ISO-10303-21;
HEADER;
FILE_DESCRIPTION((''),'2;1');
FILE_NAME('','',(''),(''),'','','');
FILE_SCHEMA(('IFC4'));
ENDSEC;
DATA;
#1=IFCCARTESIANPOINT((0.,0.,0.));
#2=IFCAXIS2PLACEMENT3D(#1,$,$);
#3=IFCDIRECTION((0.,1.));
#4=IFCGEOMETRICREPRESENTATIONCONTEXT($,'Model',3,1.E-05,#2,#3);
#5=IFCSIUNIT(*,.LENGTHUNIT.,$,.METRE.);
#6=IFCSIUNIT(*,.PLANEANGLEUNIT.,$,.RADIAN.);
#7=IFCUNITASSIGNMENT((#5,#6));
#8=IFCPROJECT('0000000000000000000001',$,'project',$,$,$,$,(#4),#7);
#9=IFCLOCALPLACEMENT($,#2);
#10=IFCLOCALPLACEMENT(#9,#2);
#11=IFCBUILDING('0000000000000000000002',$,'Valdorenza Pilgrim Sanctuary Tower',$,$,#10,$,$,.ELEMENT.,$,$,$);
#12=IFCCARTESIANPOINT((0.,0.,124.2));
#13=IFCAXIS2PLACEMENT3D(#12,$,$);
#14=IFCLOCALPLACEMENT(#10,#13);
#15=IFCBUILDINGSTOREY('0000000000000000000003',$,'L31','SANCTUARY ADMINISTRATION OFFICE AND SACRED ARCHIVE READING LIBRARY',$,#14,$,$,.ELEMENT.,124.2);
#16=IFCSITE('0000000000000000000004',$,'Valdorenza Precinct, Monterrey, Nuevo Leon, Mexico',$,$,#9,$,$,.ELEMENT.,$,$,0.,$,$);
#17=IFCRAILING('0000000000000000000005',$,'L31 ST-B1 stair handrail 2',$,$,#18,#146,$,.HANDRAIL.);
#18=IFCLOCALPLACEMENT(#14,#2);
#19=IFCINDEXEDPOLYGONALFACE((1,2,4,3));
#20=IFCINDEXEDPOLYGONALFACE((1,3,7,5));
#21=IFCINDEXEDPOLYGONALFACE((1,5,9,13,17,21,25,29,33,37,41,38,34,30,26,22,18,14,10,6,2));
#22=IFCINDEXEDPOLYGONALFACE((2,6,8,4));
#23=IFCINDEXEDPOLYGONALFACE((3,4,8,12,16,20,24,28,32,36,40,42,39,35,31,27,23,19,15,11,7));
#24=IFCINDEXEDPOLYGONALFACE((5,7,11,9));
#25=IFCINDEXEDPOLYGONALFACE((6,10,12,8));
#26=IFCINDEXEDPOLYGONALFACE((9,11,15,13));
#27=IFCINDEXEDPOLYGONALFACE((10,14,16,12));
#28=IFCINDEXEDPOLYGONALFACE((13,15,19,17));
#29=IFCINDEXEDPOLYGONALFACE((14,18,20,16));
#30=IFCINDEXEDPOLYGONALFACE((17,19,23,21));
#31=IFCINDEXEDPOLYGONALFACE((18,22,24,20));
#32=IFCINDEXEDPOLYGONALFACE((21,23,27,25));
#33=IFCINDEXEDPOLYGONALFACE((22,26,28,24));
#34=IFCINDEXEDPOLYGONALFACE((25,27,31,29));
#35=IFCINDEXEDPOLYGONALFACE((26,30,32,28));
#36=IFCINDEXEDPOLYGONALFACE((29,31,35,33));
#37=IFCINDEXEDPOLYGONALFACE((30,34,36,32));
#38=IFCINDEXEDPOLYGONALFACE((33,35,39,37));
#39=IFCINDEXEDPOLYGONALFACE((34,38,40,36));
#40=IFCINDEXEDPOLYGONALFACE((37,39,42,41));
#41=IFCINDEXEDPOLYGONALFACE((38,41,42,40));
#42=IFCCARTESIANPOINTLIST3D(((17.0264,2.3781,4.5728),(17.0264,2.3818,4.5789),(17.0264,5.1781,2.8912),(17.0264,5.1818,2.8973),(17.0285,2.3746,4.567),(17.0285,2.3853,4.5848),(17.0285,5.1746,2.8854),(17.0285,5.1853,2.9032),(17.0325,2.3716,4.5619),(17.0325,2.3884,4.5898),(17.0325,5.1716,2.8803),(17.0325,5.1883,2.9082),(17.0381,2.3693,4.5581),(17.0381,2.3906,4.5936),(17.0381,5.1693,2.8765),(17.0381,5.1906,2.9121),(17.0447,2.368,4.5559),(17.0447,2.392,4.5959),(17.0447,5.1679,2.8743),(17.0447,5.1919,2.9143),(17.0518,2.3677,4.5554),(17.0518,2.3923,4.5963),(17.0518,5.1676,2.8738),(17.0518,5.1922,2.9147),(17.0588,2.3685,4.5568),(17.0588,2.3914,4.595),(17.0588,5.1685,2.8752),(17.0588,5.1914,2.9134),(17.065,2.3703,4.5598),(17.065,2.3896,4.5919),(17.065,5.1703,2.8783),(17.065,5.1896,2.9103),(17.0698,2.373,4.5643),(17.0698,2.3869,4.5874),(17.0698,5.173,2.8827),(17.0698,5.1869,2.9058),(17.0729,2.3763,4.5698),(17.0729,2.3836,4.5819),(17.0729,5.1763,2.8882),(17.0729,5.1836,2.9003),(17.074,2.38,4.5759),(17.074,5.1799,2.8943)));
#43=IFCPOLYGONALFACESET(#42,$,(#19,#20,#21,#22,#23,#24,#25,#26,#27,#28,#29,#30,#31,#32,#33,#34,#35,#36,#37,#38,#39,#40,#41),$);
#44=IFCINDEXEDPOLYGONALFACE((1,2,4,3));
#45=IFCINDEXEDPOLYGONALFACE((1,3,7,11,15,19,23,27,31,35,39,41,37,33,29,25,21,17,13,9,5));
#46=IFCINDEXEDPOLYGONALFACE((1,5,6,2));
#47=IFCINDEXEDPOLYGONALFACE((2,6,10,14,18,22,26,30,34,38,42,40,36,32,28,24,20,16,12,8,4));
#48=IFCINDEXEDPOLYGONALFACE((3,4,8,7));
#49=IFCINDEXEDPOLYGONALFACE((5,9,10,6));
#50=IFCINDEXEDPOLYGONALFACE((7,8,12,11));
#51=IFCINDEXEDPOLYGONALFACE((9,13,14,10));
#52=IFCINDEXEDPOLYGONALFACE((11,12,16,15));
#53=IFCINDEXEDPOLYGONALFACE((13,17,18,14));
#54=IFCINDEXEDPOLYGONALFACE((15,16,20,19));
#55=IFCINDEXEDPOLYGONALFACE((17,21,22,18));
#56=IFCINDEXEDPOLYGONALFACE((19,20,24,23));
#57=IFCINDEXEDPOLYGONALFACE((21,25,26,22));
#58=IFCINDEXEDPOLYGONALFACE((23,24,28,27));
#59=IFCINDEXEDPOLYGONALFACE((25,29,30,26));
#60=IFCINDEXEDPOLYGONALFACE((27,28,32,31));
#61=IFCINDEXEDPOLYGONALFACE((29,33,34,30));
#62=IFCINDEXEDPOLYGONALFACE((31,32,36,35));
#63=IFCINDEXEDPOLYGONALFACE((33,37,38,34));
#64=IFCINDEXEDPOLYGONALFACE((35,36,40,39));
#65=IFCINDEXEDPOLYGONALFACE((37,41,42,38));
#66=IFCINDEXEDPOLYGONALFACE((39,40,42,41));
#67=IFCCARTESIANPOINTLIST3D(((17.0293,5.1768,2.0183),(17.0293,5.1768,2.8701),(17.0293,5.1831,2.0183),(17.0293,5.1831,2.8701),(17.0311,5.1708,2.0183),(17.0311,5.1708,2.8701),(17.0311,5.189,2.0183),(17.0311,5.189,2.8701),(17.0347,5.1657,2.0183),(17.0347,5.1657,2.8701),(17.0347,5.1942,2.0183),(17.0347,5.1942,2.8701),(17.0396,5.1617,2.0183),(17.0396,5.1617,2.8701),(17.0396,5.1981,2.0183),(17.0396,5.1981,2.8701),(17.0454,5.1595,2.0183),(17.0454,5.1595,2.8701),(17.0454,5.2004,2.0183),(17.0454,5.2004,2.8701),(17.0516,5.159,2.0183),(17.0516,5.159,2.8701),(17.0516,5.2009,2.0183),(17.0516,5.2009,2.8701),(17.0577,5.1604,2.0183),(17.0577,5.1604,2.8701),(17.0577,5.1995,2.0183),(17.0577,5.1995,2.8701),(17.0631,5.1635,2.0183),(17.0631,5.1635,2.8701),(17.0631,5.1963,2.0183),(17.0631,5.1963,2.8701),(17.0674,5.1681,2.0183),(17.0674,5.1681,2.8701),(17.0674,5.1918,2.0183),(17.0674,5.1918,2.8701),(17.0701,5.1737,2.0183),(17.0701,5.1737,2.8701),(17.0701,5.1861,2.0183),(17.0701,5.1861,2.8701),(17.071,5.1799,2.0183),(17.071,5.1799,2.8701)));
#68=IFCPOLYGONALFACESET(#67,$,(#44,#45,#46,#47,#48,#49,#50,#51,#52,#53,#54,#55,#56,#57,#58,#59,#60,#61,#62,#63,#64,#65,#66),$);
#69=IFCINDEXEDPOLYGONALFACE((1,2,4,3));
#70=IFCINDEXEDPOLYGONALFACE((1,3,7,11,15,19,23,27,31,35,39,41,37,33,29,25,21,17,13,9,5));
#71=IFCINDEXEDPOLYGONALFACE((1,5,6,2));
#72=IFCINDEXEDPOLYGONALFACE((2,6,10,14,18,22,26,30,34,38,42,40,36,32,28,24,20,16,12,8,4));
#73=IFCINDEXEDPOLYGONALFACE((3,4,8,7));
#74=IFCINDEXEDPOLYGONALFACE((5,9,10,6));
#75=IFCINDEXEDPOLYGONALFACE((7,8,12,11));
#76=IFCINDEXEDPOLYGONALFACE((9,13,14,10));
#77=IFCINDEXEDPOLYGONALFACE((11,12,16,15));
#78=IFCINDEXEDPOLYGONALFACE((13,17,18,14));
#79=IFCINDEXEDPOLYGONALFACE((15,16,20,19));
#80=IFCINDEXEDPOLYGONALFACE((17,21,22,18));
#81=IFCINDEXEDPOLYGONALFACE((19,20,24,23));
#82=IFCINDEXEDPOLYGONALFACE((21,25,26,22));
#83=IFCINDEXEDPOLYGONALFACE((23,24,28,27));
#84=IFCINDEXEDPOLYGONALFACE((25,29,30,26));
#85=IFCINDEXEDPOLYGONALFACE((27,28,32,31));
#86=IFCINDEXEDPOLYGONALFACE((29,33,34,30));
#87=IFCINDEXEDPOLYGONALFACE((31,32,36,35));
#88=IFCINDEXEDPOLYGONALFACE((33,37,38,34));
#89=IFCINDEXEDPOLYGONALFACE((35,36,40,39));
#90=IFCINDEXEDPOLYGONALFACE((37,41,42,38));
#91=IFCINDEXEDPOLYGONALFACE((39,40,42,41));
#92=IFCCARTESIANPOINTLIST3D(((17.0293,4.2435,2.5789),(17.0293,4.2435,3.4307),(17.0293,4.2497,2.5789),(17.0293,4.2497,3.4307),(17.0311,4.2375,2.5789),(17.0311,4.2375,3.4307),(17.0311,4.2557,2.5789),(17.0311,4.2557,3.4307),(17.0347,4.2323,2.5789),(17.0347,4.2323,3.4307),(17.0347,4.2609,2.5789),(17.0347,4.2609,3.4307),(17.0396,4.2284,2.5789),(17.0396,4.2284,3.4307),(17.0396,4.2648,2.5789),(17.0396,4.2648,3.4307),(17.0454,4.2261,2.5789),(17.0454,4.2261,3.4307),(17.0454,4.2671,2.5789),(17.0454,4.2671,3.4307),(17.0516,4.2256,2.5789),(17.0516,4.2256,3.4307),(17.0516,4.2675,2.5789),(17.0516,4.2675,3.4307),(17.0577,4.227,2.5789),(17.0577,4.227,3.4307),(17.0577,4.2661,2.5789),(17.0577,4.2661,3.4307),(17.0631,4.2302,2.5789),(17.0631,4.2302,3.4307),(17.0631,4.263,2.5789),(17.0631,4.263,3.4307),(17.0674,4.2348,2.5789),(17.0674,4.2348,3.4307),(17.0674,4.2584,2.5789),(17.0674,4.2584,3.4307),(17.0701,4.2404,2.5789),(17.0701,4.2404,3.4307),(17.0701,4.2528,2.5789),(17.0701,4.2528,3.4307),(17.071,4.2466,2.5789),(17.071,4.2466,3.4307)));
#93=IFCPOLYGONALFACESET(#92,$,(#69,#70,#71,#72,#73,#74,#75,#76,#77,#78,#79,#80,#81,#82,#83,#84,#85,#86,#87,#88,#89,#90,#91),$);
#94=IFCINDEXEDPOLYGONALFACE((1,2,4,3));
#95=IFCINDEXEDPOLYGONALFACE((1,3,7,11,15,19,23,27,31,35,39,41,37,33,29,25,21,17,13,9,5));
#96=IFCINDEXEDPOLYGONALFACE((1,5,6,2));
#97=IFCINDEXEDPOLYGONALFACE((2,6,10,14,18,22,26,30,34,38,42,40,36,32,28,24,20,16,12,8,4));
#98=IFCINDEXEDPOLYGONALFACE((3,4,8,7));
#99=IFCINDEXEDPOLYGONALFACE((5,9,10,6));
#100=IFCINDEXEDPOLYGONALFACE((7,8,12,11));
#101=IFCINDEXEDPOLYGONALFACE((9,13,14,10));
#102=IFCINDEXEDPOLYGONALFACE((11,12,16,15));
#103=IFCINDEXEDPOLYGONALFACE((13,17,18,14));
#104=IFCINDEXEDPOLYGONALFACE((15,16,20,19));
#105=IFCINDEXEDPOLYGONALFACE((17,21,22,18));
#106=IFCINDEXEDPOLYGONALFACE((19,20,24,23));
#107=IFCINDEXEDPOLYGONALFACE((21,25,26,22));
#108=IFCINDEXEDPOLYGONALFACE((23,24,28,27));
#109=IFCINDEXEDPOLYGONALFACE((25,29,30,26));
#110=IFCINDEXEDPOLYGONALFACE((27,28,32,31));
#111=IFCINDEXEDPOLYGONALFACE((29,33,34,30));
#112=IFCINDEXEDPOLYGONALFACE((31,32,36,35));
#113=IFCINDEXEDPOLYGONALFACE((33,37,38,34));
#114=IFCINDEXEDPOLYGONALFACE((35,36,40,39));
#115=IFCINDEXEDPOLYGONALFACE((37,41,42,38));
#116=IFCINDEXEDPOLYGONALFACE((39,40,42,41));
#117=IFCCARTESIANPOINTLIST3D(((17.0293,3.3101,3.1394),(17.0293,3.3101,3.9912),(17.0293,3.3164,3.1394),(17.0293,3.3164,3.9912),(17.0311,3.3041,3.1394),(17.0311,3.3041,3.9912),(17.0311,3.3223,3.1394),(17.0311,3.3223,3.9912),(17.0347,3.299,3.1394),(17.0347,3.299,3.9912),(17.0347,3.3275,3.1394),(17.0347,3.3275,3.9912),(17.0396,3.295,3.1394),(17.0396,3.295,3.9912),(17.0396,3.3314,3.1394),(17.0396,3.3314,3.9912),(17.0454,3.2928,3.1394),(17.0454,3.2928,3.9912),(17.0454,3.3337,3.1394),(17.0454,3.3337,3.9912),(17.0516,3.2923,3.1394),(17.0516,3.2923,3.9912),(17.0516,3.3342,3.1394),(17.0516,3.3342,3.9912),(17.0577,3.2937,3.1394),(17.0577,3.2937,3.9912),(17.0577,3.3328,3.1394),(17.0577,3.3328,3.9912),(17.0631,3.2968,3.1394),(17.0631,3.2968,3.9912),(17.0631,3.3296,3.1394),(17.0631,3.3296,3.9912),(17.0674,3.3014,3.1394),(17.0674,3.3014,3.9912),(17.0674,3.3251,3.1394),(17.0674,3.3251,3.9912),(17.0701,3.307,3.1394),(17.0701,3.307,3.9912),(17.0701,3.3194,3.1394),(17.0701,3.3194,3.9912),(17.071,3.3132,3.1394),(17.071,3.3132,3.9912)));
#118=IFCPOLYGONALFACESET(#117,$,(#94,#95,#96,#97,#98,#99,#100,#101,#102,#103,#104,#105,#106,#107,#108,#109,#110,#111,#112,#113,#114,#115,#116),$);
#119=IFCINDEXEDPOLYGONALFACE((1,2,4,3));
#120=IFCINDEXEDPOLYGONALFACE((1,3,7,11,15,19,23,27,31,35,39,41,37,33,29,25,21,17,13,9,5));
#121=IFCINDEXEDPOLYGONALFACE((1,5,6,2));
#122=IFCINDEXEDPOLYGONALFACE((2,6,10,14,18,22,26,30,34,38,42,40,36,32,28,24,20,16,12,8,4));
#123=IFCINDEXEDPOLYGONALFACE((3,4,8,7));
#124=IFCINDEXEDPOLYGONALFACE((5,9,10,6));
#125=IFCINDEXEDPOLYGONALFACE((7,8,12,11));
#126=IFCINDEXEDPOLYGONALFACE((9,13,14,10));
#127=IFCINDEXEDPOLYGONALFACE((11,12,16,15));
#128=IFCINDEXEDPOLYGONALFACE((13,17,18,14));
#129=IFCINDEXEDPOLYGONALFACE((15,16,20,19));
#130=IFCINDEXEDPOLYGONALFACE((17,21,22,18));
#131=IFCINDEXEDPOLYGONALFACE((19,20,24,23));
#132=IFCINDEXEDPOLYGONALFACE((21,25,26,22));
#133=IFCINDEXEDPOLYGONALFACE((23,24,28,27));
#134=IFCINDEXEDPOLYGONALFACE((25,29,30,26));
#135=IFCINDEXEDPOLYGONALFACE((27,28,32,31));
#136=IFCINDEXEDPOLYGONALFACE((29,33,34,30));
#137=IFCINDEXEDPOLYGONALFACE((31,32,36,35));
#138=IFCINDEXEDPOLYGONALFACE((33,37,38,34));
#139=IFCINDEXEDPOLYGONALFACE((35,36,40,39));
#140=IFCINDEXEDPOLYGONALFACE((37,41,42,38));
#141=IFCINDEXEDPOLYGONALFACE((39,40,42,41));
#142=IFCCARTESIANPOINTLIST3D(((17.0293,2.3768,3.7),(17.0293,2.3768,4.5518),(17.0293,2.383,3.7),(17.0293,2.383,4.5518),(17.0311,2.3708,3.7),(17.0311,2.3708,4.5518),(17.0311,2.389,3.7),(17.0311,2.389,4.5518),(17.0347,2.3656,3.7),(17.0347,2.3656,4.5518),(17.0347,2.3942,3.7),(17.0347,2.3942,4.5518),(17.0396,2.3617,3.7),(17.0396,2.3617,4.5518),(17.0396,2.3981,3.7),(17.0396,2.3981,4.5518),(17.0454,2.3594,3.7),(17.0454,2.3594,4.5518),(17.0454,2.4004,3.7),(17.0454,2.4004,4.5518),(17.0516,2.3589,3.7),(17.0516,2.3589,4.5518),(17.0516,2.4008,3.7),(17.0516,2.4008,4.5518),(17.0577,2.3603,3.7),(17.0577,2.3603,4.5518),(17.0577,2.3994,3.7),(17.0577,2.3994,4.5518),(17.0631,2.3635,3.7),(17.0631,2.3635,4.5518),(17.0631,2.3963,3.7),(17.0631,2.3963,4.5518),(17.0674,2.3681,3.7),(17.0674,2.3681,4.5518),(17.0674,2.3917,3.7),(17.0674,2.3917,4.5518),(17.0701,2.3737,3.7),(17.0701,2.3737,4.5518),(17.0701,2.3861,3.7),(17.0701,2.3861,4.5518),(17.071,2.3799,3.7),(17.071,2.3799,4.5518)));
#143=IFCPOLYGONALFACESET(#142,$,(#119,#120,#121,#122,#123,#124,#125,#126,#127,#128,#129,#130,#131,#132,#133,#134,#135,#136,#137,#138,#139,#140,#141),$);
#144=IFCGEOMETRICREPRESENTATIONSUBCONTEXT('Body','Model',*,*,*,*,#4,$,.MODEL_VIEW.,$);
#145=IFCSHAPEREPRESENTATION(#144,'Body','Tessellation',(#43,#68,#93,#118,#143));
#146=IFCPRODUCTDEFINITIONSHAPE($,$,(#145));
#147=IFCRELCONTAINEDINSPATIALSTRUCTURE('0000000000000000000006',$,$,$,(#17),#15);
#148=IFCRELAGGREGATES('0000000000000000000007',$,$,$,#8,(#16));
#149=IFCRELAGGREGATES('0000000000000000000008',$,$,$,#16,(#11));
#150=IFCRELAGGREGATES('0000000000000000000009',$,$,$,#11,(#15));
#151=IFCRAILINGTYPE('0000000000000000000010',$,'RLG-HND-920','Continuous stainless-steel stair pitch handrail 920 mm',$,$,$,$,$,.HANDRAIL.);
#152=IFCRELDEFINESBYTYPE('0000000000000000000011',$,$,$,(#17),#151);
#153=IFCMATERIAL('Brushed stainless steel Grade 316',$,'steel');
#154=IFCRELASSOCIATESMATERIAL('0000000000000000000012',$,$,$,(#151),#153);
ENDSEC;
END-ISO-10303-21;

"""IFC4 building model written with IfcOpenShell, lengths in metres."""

from ifc_helpers import new_model, si_unit, direction, frame, origin, origin_2d, place, context, subcontext, project, spatial, circle, extrude, material, type_object, element, save


model = new_model("IFC4")

# Units and contexts
model_context = context("Model", 3, precision=1e-05, world=origin(), true_north=direction((0.0, 1.0)))
body_context = subcontext(model_context, "Body", "Model", "MODEL_VIEW")
ifc_project = project(units=[si_unit("LENGTHUNIT", "METRE"), si_unit("PLANEANGLEUNIT", "RADIAN")], contexts=[model_context])

# Site, building, storey
site_placement = place(None, origin())
site = spatial("IfcSite", under=ifc_project, at=site_placement, Name="Valdorenza Precinct, Monterrey, Nuevo Leon, Mexico", CompositionType="ELEMENT", RefElevation=0.0)
building_placement = place(site_placement, origin())
building = spatial("IfcBuilding", under=site, at=building_placement, Name="Valdorenza Pilgrim Sanctuary Tower", CompositionType="ELEMENT")
storey_placement = place(building_placement, frame((0.0, 0.0, 124.2)))
storey = spatial("IfcBuildingStorey", under=building, at=storey_placement, Name="L31", Description="SANCTUARY ADMINISTRATION OFFICE AND SACRED ARCHIVE READING LIBRARY", CompositionType="ELEMENT", Elevation=124.2)

# Shared definitions
ifc_material_1 = material(Name="Brushed stainless steel Grade 316", Category="steel")

# Railing
railing_type_1 = type_object("IfcRailingType", Name="RLG-HND-920", Description="Continuous stainless-steel stair pitch handrail 920 mm", PredefinedType="HANDRAIL", material=ifc_material_1)
railing_1_placement = place(storey_placement, frame((17.05, 5.1799, 2.0183)))
element("IfcRailing", 1, at=railing_1_placement, inside=storey, type_object=railing_type_1, Name="L31 ST-B1 stair handrail 2", PredefinedType="HANDRAIL", context=body_context, shape_type="SweptSolid", body=[
    extrude(circle(Radius=0.0239, at=origin_2d()), frame((0.0, 0.0, 0.876), z_axis=(0.0, -0.857275, 0.514858), x_axis=(1.0, 0.0, 0.0)), (0.0, 0.0, 1.0), 3.2661),
    extrude(circle(Radius=0.021, at=origin_2d()), origin(), (0.0, 0.0, 1.0), 0.8518),
    extrude(circle(Radius=0.021, at=origin_2d()), frame((0.0, -0.9333, 0.5605)), (0.0, 0.0, 1.0), 0.8518),
    extrude(circle(Radius=0.021, at=origin_2d()), frame((0.0, -1.8667, 1.1211)), (0.0, 0.0, 1.0), 0.8518),
    extrude(circle(Radius=0.021, at=origin_2d()), frame((0.0, -2.8, 1.6816)), (0.0, 0.0, 1.0), 0.8518),
])

save(model, "model.ifc")
